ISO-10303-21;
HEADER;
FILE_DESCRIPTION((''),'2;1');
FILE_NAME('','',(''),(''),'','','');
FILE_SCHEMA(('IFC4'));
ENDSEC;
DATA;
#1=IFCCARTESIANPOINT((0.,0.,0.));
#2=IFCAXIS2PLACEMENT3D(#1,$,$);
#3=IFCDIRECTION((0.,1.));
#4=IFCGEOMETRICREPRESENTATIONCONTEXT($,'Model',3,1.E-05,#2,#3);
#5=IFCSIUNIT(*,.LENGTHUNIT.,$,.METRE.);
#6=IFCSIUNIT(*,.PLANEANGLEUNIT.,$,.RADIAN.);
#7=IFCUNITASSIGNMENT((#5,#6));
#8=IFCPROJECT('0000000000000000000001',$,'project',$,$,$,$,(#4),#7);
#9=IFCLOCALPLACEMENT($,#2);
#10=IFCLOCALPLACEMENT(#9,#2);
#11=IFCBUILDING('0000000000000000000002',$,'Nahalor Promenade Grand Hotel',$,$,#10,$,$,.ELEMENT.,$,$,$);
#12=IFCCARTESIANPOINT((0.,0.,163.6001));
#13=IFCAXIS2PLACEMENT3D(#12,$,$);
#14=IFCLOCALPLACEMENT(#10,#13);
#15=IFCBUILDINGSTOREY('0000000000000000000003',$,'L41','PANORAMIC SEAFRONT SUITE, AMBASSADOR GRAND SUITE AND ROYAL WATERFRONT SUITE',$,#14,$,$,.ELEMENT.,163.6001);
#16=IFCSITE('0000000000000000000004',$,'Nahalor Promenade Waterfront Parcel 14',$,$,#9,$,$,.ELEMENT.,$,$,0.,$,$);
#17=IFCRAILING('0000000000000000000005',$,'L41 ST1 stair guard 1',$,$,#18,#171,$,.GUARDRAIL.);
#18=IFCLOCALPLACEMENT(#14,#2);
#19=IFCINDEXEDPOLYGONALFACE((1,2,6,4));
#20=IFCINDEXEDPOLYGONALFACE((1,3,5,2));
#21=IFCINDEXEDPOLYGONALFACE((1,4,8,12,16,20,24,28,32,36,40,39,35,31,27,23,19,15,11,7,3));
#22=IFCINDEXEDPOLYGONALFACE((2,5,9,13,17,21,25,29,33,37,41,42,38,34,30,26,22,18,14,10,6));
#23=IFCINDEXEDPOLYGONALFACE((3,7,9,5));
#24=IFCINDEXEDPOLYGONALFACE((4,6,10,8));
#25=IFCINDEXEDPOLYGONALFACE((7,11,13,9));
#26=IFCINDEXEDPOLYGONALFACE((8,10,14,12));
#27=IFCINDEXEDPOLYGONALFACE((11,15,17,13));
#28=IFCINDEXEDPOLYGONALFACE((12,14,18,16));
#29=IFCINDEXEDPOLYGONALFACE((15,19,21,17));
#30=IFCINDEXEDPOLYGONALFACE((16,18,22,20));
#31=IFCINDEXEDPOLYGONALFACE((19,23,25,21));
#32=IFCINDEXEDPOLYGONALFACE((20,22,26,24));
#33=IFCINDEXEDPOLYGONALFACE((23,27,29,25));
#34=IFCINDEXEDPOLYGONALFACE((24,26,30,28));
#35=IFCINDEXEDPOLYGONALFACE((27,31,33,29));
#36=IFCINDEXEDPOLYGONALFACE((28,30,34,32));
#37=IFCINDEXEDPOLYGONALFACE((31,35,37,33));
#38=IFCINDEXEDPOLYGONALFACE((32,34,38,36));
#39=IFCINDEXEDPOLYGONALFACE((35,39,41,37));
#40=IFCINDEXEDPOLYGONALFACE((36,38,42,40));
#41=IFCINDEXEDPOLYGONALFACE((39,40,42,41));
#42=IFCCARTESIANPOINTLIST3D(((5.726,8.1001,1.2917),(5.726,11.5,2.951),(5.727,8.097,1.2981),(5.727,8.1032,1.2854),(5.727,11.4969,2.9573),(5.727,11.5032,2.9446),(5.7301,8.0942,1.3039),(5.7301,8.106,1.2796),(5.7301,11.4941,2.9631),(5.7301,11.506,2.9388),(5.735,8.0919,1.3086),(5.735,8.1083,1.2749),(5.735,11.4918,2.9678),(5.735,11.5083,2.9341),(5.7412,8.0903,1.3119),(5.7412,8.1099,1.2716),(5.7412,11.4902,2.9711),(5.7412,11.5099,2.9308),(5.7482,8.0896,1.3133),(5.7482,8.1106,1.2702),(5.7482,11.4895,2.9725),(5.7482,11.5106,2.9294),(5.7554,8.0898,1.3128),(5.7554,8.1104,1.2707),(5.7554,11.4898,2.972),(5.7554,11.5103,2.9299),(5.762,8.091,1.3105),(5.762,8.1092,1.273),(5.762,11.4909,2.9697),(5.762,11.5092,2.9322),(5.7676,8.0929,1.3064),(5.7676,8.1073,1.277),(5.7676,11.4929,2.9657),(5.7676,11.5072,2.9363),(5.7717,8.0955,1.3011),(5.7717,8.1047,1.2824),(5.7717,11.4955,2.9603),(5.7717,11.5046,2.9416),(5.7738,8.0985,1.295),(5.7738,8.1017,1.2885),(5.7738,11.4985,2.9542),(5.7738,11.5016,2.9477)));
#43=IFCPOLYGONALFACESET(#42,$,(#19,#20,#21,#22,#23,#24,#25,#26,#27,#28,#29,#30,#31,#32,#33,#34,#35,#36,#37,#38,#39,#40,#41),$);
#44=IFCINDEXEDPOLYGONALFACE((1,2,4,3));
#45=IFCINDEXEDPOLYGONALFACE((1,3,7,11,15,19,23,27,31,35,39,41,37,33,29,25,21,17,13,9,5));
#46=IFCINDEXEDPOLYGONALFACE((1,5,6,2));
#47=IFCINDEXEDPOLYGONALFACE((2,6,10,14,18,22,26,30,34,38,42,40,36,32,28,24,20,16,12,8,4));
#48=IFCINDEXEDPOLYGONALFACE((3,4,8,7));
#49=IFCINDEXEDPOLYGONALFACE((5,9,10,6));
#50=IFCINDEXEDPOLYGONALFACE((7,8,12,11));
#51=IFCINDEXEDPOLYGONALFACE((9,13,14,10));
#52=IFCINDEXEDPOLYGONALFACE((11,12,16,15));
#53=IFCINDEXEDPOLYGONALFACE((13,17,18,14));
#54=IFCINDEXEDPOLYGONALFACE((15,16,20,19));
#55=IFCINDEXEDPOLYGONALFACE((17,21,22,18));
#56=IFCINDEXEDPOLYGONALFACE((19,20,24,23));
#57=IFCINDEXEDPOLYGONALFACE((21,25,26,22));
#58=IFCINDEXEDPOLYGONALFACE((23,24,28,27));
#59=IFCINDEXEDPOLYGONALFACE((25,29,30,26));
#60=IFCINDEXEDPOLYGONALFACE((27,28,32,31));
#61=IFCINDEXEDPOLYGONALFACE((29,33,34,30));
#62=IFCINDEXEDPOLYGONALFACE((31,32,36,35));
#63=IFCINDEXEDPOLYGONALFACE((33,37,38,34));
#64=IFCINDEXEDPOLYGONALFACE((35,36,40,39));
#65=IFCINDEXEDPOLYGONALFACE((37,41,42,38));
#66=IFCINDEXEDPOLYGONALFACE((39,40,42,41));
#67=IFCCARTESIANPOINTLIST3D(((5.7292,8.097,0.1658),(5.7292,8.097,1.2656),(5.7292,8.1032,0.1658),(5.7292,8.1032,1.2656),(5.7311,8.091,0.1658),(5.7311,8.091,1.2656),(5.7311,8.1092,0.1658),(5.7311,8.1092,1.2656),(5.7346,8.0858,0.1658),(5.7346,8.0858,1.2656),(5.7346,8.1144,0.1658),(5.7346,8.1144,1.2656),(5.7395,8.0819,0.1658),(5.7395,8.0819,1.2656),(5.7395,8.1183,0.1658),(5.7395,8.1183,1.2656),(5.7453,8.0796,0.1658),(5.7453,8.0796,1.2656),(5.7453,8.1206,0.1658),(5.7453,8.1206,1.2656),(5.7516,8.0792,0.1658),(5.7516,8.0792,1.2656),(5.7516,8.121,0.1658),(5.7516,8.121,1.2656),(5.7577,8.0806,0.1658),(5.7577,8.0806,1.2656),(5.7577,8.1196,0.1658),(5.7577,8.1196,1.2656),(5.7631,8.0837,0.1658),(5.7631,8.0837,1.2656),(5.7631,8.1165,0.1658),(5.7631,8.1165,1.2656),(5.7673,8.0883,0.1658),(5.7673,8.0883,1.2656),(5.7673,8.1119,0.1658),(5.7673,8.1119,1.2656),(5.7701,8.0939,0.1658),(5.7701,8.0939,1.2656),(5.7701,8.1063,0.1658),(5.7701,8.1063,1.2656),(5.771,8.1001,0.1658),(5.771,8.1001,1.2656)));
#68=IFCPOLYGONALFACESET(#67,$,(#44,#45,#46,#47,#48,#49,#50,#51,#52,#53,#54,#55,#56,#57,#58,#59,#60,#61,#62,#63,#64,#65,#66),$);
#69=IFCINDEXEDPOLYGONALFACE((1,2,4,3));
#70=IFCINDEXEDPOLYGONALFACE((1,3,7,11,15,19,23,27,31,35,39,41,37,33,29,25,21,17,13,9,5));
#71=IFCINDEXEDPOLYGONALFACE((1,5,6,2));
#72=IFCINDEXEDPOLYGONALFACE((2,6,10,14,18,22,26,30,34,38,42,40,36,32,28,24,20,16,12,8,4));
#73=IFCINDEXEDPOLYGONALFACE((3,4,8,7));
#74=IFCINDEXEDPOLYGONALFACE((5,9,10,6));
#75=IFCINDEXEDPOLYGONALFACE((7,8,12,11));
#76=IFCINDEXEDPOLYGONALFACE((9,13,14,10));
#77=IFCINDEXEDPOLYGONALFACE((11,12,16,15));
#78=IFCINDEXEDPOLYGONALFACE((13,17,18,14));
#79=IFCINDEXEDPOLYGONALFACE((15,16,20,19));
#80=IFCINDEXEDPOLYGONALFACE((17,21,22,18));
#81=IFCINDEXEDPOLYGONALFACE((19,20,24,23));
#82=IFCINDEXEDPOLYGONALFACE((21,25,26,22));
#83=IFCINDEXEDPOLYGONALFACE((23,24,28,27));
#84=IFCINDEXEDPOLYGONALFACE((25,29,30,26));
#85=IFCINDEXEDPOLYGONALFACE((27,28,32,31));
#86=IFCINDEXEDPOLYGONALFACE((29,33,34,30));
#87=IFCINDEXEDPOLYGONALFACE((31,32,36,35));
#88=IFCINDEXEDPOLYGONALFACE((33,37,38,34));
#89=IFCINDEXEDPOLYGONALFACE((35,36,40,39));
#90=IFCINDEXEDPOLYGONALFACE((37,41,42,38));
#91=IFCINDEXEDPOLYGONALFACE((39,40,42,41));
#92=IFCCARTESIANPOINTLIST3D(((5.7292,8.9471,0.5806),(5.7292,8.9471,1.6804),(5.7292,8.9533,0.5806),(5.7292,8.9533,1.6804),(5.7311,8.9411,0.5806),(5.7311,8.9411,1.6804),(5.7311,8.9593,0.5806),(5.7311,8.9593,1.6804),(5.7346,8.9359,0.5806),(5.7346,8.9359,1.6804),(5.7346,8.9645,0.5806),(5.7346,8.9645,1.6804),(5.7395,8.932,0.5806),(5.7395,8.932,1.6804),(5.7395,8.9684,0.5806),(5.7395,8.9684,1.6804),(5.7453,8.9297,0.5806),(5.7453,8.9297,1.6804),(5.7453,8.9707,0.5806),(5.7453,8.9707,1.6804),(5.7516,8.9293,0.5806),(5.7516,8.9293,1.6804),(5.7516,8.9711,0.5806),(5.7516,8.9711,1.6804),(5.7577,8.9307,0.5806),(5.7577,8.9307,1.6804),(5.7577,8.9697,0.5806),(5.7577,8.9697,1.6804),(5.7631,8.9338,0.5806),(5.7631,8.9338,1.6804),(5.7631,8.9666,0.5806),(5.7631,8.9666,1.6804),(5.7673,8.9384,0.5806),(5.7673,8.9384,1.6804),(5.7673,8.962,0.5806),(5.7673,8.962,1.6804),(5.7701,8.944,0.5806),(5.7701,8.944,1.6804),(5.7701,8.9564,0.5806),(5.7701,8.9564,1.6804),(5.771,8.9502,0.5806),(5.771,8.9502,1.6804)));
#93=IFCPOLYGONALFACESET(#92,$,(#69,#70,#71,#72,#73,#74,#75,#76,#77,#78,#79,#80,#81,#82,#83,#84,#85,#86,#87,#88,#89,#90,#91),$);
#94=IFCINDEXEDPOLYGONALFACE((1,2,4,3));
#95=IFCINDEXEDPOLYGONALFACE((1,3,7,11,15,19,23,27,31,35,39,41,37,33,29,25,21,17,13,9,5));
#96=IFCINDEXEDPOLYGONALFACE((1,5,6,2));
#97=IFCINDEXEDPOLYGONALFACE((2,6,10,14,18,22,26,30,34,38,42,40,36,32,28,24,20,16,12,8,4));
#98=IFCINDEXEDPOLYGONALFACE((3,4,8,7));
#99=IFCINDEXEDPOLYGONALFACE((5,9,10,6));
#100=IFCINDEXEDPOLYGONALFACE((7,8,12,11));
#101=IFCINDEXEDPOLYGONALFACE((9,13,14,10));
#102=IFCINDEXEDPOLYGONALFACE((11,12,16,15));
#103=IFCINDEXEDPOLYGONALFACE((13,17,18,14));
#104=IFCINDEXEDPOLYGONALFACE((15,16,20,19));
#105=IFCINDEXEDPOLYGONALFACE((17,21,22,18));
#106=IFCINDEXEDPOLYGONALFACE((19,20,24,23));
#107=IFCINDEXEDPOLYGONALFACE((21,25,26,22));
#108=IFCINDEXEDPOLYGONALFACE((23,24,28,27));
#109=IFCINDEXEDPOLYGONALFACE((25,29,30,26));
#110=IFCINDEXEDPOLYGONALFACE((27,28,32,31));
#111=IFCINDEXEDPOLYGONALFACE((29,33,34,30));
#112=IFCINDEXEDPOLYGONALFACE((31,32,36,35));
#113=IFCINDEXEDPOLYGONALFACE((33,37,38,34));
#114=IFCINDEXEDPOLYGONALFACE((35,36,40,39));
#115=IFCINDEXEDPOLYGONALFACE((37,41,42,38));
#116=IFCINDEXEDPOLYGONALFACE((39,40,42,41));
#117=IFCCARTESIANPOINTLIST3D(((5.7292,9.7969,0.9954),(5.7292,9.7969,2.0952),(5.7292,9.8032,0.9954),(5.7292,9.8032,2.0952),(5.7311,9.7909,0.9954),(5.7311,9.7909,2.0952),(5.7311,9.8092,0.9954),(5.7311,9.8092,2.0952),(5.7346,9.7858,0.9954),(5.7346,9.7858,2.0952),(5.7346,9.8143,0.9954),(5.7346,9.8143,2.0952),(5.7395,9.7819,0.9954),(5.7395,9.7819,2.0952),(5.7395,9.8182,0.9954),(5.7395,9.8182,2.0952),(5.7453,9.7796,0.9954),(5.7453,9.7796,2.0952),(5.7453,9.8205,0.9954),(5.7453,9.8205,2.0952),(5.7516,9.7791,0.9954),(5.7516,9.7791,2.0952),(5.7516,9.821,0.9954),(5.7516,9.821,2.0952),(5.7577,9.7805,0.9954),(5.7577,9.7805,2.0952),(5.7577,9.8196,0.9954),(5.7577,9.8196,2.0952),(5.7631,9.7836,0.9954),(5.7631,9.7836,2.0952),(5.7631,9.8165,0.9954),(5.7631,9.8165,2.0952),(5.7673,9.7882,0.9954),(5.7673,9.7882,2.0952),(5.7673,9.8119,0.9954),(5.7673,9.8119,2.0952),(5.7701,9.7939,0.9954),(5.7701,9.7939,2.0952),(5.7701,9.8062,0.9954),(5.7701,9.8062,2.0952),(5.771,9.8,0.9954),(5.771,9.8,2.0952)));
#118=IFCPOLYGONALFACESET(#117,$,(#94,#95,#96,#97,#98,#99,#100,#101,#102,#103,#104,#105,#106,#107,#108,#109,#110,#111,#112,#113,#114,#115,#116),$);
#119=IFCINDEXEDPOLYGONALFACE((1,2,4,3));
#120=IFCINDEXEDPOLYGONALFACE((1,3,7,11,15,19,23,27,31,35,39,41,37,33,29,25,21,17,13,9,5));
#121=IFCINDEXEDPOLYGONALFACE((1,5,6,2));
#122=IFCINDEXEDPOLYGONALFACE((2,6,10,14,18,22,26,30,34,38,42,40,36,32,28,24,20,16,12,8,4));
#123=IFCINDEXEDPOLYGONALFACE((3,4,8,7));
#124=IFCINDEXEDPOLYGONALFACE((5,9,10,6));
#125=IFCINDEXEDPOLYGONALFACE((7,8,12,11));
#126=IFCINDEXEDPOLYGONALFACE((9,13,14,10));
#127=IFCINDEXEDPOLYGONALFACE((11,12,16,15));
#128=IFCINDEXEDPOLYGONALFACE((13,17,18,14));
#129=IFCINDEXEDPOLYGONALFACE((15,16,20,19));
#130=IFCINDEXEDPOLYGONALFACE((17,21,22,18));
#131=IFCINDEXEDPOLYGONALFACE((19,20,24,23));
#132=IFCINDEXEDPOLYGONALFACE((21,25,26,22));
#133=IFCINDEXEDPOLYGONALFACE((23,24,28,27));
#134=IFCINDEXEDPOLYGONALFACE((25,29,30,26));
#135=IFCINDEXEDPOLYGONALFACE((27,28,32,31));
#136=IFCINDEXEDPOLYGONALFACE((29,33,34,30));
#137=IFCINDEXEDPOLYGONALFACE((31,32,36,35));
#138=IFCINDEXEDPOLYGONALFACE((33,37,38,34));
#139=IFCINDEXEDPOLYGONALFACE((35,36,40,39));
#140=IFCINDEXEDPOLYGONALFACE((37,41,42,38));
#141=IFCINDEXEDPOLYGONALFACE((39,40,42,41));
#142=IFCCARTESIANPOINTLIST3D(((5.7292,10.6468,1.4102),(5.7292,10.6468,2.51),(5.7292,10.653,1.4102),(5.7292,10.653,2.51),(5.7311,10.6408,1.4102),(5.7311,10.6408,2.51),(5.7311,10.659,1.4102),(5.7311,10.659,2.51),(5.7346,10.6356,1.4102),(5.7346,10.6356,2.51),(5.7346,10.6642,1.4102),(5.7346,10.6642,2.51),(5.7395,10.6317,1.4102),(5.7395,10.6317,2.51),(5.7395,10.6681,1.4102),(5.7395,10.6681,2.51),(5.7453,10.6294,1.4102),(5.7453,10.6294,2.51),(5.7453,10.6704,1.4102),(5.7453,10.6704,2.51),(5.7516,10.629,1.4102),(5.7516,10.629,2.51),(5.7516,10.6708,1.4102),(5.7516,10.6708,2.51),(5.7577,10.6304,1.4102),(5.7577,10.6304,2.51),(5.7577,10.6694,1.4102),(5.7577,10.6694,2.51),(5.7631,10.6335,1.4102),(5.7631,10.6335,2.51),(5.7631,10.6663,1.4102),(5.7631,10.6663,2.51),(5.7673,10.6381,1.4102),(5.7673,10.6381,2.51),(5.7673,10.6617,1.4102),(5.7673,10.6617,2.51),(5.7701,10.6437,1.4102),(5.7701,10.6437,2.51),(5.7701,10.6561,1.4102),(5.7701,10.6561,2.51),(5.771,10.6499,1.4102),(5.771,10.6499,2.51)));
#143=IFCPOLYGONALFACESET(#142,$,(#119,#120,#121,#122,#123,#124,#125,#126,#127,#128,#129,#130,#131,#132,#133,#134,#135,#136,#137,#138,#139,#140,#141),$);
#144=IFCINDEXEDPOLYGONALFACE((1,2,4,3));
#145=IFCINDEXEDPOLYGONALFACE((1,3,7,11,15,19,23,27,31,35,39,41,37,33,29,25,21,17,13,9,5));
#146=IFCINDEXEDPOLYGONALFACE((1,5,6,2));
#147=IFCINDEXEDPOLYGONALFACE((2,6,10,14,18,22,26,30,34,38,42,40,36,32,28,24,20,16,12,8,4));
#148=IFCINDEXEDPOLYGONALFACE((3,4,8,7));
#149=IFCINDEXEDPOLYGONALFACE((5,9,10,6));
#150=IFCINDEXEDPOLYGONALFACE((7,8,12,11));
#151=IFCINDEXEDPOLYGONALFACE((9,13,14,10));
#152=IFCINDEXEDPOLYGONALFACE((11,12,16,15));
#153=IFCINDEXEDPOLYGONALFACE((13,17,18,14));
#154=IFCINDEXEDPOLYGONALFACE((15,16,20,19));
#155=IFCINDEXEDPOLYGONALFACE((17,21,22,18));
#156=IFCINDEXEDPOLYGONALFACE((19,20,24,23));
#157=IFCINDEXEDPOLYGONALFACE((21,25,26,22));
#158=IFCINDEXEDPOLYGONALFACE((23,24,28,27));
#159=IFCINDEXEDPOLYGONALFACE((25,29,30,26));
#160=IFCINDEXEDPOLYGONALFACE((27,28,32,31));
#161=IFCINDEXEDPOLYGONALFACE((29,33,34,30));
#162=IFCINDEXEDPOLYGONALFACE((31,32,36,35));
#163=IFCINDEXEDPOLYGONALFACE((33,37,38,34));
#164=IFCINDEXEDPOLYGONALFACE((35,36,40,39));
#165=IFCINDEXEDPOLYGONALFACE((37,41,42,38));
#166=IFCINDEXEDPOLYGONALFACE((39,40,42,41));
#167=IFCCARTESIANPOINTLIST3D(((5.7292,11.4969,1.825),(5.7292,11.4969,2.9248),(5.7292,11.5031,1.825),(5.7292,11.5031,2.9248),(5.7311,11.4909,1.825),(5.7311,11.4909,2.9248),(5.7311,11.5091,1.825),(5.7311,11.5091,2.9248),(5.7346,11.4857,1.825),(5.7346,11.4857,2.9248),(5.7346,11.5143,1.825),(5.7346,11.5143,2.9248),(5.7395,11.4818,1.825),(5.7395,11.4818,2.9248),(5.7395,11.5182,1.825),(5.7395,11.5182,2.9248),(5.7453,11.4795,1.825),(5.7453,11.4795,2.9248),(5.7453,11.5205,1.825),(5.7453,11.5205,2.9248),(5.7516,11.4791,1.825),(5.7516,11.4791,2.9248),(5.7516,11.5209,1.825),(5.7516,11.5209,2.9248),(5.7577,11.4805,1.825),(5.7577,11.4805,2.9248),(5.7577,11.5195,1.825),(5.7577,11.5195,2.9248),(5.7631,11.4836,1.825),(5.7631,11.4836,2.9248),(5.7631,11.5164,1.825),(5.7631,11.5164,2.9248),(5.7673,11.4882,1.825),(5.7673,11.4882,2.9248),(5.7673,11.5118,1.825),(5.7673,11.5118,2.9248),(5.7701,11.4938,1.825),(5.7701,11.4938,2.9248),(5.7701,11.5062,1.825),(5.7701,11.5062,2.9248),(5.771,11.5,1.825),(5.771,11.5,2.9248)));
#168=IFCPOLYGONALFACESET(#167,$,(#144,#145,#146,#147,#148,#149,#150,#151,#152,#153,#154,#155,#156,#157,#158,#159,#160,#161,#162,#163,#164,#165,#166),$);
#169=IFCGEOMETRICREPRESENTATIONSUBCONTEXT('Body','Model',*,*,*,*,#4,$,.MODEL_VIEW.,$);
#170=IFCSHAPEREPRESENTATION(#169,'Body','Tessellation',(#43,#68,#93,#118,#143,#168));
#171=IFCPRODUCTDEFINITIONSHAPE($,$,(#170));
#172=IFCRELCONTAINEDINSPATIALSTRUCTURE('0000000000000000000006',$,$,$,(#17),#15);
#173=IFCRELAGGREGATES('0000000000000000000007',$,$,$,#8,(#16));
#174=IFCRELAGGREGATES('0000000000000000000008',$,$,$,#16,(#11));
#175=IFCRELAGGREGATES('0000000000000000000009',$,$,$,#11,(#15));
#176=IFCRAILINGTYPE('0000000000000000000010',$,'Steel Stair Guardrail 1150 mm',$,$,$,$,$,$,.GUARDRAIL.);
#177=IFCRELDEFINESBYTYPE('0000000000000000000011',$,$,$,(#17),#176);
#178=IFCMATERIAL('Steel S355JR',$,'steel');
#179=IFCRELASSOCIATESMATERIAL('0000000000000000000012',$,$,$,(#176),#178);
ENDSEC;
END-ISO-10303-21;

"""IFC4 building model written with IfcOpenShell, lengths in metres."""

from ifc_helpers import new_model, si_unit, direction, frame, origin, origin_2d, place, context, subcontext, project, spatial, circle, extrude, material, type_object, element, save


model = new_model("IFC4")

# Units and contexts
model_context = context("Model", 3, precision=1e-05, world=origin(), true_north=direction((0.0, 1.0)))
body_context = subcontext(model_context, "Body", "Model", "MODEL_VIEW")
ifc_project = project(units=[si_unit("LENGTHUNIT", "METRE"), si_unit("PLANEANGLEUNIT", "RADIAN")], contexts=[model_context])

# Site, building, storey
site_placement = place(None, origin())
site = spatial("IfcSite", under=ifc_project, at=site_placement, Name="Nahalor Promenade Waterfront Parcel 14", CompositionType="ELEMENT", RefElevation=0.0)
building_placement = place(site_placement, origin())
building = spatial("IfcBuilding", under=site, at=building_placement, Name="Nahalor Promenade Grand Hotel", CompositionType="ELEMENT")
storey_placement = place(building_placement, frame((0.0, 0.0, 163.6001)))
storey = spatial("IfcBuildingStorey", under=building, at=storey_placement, Name="L41", Description="PANORAMIC SEAFRONT SUITE, AMBASSADOR GRAND SUITE AND ROYAL WATERFRONT SUITE", CompositionType="ELEMENT", Elevation=163.6001)

# Shared definitions
ifc_material_1 = material(Name="Steel S355JR", Category="steel")

# Railing
railing_type_1 = type_object("IfcRailingType", Name="Steel Stair Guardrail 1150 mm", PredefinedType="GUARDRAIL", material=ifc_material_1)
railing_1_placement = place(storey_placement, frame((5.75, 8.1001, 0.1658)))
element("IfcRailing", 1, at=railing_1_placement, inside=storey, type_object=railing_type_1, Name="L41 ST1 stair guard 1", PredefinedType="GUARDRAIL", context=body_context, shape_type="SweptSolid", body=[
    extrude(circle(Radius=0.024, at=origin_2d()), frame((0.0, 0.0, 1.126), z_axis=(0.0, 0.898696, 0.438571), x_axis=(-1.0, 0.0, 0.0)), (0.0, 0.0, 1.0), 3.7832),
    extrude(circle(Radius=0.021, at=origin_2d()), origin(), (0.0, 0.0, 1.0), 1.0999),
    extrude(circle(Radius=0.021, at=origin_2d()), frame((0.0, 0.8501, 0.4148)), (0.0, 0.0, 1.0), 1.0999),
    extrude(circle(Radius=0.021, at=origin_2d()), frame((0.0, 1.7, 0.8296)), (0.0, 0.0, 1.0), 1.0999),
    extrude(circle(Radius=0.021, at=origin_2d()), frame((0.0, 2.5498, 1.2444)), (0.0, 0.0, 1.0), 1.0999),
    extrude(circle(Radius=0.021, at=origin_2d()), frame((0.0, 3.3999, 1.6592)), (0.0, 0.0, 1.0), 1.0999),
])

save(model, "model.ifc")
